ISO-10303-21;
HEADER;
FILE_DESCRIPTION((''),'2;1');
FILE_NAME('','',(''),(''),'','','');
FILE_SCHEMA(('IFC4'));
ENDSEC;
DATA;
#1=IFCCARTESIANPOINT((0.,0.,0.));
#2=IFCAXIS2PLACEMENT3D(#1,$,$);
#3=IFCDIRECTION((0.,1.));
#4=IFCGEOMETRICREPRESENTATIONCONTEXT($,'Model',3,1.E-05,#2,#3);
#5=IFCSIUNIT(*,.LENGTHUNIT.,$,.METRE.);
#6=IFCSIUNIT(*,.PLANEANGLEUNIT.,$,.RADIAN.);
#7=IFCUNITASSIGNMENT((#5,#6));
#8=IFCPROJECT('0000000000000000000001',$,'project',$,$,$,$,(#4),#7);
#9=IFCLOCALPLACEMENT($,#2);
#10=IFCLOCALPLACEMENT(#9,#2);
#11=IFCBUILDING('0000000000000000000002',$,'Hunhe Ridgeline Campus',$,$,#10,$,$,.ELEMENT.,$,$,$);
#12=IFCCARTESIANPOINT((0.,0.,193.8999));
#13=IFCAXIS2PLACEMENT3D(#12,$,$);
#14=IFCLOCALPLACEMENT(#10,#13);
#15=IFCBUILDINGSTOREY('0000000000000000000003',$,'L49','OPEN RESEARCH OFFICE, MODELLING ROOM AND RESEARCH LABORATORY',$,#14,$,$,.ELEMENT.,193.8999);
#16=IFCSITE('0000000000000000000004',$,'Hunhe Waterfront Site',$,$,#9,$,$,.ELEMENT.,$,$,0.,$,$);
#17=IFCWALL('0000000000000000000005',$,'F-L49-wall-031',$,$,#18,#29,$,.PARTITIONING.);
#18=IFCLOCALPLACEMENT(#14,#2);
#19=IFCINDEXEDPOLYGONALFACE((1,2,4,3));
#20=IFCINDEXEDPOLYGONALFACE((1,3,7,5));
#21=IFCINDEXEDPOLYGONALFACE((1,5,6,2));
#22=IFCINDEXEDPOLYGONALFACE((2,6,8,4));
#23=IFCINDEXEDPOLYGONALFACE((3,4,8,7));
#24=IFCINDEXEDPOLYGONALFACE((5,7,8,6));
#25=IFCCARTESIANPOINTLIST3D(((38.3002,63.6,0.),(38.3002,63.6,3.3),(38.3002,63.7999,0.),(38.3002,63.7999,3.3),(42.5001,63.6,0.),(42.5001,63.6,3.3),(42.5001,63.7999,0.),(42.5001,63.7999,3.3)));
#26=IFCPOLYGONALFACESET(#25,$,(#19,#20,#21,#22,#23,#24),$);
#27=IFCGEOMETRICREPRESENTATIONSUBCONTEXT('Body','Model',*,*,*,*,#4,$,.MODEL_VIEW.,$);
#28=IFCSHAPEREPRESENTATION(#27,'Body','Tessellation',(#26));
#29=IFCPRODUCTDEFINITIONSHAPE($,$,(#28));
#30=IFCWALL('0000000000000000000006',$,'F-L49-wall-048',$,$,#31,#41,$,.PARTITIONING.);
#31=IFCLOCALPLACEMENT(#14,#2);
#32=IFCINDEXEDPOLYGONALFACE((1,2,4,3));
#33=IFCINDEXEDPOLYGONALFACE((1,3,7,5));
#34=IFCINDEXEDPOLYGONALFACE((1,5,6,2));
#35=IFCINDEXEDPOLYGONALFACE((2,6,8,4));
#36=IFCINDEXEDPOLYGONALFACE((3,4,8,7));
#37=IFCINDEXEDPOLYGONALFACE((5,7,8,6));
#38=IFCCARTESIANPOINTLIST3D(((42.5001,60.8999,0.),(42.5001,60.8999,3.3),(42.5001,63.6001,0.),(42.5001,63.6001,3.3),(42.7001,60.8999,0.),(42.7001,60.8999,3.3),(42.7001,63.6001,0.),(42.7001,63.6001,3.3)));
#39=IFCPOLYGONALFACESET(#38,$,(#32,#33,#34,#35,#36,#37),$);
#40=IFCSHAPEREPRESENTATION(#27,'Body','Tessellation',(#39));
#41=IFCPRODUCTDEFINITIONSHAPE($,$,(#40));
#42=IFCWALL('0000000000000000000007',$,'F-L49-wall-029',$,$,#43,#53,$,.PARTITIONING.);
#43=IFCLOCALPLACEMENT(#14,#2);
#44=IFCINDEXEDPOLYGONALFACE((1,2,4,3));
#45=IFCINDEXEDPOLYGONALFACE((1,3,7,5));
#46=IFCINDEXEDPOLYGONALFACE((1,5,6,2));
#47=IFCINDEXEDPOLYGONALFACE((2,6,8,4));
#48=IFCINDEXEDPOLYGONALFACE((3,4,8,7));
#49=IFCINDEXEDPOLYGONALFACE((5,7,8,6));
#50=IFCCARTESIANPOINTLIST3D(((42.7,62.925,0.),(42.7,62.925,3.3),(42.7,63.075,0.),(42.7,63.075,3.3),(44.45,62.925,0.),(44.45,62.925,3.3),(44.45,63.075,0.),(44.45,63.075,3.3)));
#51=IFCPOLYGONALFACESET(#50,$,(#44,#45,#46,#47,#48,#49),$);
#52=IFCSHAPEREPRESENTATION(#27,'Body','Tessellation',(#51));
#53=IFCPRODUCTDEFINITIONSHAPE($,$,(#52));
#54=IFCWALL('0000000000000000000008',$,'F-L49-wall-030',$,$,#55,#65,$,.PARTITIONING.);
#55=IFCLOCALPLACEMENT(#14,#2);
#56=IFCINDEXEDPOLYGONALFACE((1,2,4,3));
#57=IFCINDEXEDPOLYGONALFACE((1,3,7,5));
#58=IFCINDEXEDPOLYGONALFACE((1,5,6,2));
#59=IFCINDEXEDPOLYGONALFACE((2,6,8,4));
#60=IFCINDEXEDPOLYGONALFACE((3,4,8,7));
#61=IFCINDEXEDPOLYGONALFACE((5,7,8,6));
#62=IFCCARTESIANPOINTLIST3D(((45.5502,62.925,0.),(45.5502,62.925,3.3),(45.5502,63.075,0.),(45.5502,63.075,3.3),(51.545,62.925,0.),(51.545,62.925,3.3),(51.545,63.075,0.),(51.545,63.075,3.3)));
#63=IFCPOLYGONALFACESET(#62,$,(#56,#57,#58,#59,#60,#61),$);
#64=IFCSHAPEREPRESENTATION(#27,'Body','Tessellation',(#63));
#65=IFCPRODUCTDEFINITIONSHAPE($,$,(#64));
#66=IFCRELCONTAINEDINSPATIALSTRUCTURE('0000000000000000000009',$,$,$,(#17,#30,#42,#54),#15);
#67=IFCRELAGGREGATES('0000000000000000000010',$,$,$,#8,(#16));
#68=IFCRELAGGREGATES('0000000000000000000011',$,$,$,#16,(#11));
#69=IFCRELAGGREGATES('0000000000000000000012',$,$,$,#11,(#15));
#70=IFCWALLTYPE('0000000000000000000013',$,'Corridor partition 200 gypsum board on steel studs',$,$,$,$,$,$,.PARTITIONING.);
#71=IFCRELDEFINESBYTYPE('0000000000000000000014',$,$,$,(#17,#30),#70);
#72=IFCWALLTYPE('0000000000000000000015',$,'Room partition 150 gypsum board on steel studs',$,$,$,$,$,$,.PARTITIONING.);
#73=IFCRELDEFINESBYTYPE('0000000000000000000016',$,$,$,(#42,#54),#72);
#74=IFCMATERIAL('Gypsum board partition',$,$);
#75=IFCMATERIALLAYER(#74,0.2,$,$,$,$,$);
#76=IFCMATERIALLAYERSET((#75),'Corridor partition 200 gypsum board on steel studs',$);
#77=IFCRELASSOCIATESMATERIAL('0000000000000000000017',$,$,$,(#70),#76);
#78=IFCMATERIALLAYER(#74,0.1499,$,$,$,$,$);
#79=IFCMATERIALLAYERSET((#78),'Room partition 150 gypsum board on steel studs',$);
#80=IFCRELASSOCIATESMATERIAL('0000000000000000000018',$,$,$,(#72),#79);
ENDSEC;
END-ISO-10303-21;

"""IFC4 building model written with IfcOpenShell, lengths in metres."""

from ifc_helpers import new_model, si_unit, direction, frame, frame_2d, origin, place, context, subcontext, project, spatial, rectangle, extrude, material, layer, layer_set, type_object, element, save


model = new_model("IFC4")

# Units and contexts
model_context = context("Model", 3, precision=1e-05, world=origin(), true_north=direction((0.0, 1.0)))
body_context = subcontext(model_context, "Body", "Model", "MODEL_VIEW")
ifc_project = project(units=[si_unit("LENGTHUNIT", "METRE"), si_unit("PLANEANGLEUNIT", "RADIAN")], contexts=[model_context])

# Site, building, storey
site_placement = place(None, origin())
site = spatial("IfcSite", under=ifc_project, at=site_placement, Name="Hunhe Waterfront Site", CompositionType="ELEMENT", RefElevation=0.0)
building_placement = place(site_placement, origin())
building = spatial("IfcBuilding", under=site, at=building_placement, Name="Hunhe Ridgeline Campus", CompositionType="ELEMENT")
storey_placement = place(building_placement, frame((0.0, 0.0, 193.8999)))
storey = spatial("IfcBuildingStorey", under=building, at=storey_placement, Name="L49", Description="OPEN RESEARCH OFFICE, MODELLING ROOM AND RESEARCH LABORATORY", CompositionType="ELEMENT", Elevation=193.8999)

# Shared definitions
ifc_material_1 = material(Name="Gypsum board partition")
ifc_layer_1 = layer(ifc_material_1, 0.2)
ifc_layer_set_1 = layer_set([ifc_layer_1], Name="Corridor partition 200 gypsum board on steel studs")
wall_type_1 = type_object("IfcWallType", Name="Corridor partition 200 gypsum board on steel studs", PredefinedType="PARTITIONING", material=ifc_layer_set_1)

# Wall
wall_1_placement = place(storey_placement, frame((38.3, 63.7, 0.0), z_axis=(0.0, 0.0, 1.0), x_axis=(1.0, 0.0, 0.0)))
element("IfcWall", 1, at=wall_1_placement, inside=storey, type_object=wall_type_1, Name="F-L49-wall-031", PredefinedType="PARTITIONING", context=body_context, shape_type="SweptSolid", body=[
    extrude(rectangle(XDim=4.2, YDim=0.2, at=frame_2d((2.1001, 0.0))), origin(), (0.0, 0.0, 1.0), 3.3),
])

# Walls
wall_2_placement = place(storey_placement, frame((42.6001, 63.6001, 0.0), z_axis=(0.0, 0.0, 1.0), x_axis=(0.0, -1.0, 0.0)))
element("IfcWall", 2, at=wall_2_placement, inside=storey, type_object=wall_type_1, Name="F-L49-wall-048", PredefinedType="PARTITIONING", context=body_context, shape_type="SweptSolid", body=[
    extrude(rectangle(XDim=2.7002, YDim=0.2, at=frame_2d((1.3501, 0.0))), origin(), (0.0, 0.0, 1.0), 3.3),
])
ifc_layer_2 = layer(ifc_material_1, 0.1499)
ifc_layer_set_2 = layer_set([ifc_layer_2], Name="Room partition 150 gypsum board on steel studs")
wall_type_2 = type_object("IfcWallType", Name="Room partition 150 gypsum board on steel studs", PredefinedType="PARTITIONING", material=ifc_layer_set_2)
wall_3_placement = place(storey_placement, frame((42.7, 63.0, 0.0), z_axis=(0.0, 0.0, 1.0), x_axis=(1.0, 0.0, 0.0)))
element("IfcWall", 3, at=wall_3_placement, inside=storey, type_object=wall_type_2, Name="F-L49-wall-029", PredefinedType="PARTITIONING", context=body_context, shape_type="SweptSolid", body=[
    extrude(rectangle(XDim=1.75, YDim=0.1499, at=frame_2d((0.875, 0.0))), origin(), (0.0, 0.0, 1.0), 3.3),
])
wall_4_placement = place(storey_placement, frame((45.55, 63.0, 0.0), z_axis=(0.0, 0.0, 1.0), x_axis=(1.0, 0.0, 0.0)))
element("IfcWall", 4, at=wall_4_placement, inside=storey, type_object=wall_type_2, Name="F-L49-wall-030", PredefinedType="PARTITIONING", context=body_context, shape_type="SweptSolid", body=[
    extrude(rectangle(XDim=5.9949, YDim=0.1499, at=frame_2d((2.9976, 0.0))), origin(), (0.0, 0.0, 1.0), 3.3),
])

save(model, "model.ifc")
